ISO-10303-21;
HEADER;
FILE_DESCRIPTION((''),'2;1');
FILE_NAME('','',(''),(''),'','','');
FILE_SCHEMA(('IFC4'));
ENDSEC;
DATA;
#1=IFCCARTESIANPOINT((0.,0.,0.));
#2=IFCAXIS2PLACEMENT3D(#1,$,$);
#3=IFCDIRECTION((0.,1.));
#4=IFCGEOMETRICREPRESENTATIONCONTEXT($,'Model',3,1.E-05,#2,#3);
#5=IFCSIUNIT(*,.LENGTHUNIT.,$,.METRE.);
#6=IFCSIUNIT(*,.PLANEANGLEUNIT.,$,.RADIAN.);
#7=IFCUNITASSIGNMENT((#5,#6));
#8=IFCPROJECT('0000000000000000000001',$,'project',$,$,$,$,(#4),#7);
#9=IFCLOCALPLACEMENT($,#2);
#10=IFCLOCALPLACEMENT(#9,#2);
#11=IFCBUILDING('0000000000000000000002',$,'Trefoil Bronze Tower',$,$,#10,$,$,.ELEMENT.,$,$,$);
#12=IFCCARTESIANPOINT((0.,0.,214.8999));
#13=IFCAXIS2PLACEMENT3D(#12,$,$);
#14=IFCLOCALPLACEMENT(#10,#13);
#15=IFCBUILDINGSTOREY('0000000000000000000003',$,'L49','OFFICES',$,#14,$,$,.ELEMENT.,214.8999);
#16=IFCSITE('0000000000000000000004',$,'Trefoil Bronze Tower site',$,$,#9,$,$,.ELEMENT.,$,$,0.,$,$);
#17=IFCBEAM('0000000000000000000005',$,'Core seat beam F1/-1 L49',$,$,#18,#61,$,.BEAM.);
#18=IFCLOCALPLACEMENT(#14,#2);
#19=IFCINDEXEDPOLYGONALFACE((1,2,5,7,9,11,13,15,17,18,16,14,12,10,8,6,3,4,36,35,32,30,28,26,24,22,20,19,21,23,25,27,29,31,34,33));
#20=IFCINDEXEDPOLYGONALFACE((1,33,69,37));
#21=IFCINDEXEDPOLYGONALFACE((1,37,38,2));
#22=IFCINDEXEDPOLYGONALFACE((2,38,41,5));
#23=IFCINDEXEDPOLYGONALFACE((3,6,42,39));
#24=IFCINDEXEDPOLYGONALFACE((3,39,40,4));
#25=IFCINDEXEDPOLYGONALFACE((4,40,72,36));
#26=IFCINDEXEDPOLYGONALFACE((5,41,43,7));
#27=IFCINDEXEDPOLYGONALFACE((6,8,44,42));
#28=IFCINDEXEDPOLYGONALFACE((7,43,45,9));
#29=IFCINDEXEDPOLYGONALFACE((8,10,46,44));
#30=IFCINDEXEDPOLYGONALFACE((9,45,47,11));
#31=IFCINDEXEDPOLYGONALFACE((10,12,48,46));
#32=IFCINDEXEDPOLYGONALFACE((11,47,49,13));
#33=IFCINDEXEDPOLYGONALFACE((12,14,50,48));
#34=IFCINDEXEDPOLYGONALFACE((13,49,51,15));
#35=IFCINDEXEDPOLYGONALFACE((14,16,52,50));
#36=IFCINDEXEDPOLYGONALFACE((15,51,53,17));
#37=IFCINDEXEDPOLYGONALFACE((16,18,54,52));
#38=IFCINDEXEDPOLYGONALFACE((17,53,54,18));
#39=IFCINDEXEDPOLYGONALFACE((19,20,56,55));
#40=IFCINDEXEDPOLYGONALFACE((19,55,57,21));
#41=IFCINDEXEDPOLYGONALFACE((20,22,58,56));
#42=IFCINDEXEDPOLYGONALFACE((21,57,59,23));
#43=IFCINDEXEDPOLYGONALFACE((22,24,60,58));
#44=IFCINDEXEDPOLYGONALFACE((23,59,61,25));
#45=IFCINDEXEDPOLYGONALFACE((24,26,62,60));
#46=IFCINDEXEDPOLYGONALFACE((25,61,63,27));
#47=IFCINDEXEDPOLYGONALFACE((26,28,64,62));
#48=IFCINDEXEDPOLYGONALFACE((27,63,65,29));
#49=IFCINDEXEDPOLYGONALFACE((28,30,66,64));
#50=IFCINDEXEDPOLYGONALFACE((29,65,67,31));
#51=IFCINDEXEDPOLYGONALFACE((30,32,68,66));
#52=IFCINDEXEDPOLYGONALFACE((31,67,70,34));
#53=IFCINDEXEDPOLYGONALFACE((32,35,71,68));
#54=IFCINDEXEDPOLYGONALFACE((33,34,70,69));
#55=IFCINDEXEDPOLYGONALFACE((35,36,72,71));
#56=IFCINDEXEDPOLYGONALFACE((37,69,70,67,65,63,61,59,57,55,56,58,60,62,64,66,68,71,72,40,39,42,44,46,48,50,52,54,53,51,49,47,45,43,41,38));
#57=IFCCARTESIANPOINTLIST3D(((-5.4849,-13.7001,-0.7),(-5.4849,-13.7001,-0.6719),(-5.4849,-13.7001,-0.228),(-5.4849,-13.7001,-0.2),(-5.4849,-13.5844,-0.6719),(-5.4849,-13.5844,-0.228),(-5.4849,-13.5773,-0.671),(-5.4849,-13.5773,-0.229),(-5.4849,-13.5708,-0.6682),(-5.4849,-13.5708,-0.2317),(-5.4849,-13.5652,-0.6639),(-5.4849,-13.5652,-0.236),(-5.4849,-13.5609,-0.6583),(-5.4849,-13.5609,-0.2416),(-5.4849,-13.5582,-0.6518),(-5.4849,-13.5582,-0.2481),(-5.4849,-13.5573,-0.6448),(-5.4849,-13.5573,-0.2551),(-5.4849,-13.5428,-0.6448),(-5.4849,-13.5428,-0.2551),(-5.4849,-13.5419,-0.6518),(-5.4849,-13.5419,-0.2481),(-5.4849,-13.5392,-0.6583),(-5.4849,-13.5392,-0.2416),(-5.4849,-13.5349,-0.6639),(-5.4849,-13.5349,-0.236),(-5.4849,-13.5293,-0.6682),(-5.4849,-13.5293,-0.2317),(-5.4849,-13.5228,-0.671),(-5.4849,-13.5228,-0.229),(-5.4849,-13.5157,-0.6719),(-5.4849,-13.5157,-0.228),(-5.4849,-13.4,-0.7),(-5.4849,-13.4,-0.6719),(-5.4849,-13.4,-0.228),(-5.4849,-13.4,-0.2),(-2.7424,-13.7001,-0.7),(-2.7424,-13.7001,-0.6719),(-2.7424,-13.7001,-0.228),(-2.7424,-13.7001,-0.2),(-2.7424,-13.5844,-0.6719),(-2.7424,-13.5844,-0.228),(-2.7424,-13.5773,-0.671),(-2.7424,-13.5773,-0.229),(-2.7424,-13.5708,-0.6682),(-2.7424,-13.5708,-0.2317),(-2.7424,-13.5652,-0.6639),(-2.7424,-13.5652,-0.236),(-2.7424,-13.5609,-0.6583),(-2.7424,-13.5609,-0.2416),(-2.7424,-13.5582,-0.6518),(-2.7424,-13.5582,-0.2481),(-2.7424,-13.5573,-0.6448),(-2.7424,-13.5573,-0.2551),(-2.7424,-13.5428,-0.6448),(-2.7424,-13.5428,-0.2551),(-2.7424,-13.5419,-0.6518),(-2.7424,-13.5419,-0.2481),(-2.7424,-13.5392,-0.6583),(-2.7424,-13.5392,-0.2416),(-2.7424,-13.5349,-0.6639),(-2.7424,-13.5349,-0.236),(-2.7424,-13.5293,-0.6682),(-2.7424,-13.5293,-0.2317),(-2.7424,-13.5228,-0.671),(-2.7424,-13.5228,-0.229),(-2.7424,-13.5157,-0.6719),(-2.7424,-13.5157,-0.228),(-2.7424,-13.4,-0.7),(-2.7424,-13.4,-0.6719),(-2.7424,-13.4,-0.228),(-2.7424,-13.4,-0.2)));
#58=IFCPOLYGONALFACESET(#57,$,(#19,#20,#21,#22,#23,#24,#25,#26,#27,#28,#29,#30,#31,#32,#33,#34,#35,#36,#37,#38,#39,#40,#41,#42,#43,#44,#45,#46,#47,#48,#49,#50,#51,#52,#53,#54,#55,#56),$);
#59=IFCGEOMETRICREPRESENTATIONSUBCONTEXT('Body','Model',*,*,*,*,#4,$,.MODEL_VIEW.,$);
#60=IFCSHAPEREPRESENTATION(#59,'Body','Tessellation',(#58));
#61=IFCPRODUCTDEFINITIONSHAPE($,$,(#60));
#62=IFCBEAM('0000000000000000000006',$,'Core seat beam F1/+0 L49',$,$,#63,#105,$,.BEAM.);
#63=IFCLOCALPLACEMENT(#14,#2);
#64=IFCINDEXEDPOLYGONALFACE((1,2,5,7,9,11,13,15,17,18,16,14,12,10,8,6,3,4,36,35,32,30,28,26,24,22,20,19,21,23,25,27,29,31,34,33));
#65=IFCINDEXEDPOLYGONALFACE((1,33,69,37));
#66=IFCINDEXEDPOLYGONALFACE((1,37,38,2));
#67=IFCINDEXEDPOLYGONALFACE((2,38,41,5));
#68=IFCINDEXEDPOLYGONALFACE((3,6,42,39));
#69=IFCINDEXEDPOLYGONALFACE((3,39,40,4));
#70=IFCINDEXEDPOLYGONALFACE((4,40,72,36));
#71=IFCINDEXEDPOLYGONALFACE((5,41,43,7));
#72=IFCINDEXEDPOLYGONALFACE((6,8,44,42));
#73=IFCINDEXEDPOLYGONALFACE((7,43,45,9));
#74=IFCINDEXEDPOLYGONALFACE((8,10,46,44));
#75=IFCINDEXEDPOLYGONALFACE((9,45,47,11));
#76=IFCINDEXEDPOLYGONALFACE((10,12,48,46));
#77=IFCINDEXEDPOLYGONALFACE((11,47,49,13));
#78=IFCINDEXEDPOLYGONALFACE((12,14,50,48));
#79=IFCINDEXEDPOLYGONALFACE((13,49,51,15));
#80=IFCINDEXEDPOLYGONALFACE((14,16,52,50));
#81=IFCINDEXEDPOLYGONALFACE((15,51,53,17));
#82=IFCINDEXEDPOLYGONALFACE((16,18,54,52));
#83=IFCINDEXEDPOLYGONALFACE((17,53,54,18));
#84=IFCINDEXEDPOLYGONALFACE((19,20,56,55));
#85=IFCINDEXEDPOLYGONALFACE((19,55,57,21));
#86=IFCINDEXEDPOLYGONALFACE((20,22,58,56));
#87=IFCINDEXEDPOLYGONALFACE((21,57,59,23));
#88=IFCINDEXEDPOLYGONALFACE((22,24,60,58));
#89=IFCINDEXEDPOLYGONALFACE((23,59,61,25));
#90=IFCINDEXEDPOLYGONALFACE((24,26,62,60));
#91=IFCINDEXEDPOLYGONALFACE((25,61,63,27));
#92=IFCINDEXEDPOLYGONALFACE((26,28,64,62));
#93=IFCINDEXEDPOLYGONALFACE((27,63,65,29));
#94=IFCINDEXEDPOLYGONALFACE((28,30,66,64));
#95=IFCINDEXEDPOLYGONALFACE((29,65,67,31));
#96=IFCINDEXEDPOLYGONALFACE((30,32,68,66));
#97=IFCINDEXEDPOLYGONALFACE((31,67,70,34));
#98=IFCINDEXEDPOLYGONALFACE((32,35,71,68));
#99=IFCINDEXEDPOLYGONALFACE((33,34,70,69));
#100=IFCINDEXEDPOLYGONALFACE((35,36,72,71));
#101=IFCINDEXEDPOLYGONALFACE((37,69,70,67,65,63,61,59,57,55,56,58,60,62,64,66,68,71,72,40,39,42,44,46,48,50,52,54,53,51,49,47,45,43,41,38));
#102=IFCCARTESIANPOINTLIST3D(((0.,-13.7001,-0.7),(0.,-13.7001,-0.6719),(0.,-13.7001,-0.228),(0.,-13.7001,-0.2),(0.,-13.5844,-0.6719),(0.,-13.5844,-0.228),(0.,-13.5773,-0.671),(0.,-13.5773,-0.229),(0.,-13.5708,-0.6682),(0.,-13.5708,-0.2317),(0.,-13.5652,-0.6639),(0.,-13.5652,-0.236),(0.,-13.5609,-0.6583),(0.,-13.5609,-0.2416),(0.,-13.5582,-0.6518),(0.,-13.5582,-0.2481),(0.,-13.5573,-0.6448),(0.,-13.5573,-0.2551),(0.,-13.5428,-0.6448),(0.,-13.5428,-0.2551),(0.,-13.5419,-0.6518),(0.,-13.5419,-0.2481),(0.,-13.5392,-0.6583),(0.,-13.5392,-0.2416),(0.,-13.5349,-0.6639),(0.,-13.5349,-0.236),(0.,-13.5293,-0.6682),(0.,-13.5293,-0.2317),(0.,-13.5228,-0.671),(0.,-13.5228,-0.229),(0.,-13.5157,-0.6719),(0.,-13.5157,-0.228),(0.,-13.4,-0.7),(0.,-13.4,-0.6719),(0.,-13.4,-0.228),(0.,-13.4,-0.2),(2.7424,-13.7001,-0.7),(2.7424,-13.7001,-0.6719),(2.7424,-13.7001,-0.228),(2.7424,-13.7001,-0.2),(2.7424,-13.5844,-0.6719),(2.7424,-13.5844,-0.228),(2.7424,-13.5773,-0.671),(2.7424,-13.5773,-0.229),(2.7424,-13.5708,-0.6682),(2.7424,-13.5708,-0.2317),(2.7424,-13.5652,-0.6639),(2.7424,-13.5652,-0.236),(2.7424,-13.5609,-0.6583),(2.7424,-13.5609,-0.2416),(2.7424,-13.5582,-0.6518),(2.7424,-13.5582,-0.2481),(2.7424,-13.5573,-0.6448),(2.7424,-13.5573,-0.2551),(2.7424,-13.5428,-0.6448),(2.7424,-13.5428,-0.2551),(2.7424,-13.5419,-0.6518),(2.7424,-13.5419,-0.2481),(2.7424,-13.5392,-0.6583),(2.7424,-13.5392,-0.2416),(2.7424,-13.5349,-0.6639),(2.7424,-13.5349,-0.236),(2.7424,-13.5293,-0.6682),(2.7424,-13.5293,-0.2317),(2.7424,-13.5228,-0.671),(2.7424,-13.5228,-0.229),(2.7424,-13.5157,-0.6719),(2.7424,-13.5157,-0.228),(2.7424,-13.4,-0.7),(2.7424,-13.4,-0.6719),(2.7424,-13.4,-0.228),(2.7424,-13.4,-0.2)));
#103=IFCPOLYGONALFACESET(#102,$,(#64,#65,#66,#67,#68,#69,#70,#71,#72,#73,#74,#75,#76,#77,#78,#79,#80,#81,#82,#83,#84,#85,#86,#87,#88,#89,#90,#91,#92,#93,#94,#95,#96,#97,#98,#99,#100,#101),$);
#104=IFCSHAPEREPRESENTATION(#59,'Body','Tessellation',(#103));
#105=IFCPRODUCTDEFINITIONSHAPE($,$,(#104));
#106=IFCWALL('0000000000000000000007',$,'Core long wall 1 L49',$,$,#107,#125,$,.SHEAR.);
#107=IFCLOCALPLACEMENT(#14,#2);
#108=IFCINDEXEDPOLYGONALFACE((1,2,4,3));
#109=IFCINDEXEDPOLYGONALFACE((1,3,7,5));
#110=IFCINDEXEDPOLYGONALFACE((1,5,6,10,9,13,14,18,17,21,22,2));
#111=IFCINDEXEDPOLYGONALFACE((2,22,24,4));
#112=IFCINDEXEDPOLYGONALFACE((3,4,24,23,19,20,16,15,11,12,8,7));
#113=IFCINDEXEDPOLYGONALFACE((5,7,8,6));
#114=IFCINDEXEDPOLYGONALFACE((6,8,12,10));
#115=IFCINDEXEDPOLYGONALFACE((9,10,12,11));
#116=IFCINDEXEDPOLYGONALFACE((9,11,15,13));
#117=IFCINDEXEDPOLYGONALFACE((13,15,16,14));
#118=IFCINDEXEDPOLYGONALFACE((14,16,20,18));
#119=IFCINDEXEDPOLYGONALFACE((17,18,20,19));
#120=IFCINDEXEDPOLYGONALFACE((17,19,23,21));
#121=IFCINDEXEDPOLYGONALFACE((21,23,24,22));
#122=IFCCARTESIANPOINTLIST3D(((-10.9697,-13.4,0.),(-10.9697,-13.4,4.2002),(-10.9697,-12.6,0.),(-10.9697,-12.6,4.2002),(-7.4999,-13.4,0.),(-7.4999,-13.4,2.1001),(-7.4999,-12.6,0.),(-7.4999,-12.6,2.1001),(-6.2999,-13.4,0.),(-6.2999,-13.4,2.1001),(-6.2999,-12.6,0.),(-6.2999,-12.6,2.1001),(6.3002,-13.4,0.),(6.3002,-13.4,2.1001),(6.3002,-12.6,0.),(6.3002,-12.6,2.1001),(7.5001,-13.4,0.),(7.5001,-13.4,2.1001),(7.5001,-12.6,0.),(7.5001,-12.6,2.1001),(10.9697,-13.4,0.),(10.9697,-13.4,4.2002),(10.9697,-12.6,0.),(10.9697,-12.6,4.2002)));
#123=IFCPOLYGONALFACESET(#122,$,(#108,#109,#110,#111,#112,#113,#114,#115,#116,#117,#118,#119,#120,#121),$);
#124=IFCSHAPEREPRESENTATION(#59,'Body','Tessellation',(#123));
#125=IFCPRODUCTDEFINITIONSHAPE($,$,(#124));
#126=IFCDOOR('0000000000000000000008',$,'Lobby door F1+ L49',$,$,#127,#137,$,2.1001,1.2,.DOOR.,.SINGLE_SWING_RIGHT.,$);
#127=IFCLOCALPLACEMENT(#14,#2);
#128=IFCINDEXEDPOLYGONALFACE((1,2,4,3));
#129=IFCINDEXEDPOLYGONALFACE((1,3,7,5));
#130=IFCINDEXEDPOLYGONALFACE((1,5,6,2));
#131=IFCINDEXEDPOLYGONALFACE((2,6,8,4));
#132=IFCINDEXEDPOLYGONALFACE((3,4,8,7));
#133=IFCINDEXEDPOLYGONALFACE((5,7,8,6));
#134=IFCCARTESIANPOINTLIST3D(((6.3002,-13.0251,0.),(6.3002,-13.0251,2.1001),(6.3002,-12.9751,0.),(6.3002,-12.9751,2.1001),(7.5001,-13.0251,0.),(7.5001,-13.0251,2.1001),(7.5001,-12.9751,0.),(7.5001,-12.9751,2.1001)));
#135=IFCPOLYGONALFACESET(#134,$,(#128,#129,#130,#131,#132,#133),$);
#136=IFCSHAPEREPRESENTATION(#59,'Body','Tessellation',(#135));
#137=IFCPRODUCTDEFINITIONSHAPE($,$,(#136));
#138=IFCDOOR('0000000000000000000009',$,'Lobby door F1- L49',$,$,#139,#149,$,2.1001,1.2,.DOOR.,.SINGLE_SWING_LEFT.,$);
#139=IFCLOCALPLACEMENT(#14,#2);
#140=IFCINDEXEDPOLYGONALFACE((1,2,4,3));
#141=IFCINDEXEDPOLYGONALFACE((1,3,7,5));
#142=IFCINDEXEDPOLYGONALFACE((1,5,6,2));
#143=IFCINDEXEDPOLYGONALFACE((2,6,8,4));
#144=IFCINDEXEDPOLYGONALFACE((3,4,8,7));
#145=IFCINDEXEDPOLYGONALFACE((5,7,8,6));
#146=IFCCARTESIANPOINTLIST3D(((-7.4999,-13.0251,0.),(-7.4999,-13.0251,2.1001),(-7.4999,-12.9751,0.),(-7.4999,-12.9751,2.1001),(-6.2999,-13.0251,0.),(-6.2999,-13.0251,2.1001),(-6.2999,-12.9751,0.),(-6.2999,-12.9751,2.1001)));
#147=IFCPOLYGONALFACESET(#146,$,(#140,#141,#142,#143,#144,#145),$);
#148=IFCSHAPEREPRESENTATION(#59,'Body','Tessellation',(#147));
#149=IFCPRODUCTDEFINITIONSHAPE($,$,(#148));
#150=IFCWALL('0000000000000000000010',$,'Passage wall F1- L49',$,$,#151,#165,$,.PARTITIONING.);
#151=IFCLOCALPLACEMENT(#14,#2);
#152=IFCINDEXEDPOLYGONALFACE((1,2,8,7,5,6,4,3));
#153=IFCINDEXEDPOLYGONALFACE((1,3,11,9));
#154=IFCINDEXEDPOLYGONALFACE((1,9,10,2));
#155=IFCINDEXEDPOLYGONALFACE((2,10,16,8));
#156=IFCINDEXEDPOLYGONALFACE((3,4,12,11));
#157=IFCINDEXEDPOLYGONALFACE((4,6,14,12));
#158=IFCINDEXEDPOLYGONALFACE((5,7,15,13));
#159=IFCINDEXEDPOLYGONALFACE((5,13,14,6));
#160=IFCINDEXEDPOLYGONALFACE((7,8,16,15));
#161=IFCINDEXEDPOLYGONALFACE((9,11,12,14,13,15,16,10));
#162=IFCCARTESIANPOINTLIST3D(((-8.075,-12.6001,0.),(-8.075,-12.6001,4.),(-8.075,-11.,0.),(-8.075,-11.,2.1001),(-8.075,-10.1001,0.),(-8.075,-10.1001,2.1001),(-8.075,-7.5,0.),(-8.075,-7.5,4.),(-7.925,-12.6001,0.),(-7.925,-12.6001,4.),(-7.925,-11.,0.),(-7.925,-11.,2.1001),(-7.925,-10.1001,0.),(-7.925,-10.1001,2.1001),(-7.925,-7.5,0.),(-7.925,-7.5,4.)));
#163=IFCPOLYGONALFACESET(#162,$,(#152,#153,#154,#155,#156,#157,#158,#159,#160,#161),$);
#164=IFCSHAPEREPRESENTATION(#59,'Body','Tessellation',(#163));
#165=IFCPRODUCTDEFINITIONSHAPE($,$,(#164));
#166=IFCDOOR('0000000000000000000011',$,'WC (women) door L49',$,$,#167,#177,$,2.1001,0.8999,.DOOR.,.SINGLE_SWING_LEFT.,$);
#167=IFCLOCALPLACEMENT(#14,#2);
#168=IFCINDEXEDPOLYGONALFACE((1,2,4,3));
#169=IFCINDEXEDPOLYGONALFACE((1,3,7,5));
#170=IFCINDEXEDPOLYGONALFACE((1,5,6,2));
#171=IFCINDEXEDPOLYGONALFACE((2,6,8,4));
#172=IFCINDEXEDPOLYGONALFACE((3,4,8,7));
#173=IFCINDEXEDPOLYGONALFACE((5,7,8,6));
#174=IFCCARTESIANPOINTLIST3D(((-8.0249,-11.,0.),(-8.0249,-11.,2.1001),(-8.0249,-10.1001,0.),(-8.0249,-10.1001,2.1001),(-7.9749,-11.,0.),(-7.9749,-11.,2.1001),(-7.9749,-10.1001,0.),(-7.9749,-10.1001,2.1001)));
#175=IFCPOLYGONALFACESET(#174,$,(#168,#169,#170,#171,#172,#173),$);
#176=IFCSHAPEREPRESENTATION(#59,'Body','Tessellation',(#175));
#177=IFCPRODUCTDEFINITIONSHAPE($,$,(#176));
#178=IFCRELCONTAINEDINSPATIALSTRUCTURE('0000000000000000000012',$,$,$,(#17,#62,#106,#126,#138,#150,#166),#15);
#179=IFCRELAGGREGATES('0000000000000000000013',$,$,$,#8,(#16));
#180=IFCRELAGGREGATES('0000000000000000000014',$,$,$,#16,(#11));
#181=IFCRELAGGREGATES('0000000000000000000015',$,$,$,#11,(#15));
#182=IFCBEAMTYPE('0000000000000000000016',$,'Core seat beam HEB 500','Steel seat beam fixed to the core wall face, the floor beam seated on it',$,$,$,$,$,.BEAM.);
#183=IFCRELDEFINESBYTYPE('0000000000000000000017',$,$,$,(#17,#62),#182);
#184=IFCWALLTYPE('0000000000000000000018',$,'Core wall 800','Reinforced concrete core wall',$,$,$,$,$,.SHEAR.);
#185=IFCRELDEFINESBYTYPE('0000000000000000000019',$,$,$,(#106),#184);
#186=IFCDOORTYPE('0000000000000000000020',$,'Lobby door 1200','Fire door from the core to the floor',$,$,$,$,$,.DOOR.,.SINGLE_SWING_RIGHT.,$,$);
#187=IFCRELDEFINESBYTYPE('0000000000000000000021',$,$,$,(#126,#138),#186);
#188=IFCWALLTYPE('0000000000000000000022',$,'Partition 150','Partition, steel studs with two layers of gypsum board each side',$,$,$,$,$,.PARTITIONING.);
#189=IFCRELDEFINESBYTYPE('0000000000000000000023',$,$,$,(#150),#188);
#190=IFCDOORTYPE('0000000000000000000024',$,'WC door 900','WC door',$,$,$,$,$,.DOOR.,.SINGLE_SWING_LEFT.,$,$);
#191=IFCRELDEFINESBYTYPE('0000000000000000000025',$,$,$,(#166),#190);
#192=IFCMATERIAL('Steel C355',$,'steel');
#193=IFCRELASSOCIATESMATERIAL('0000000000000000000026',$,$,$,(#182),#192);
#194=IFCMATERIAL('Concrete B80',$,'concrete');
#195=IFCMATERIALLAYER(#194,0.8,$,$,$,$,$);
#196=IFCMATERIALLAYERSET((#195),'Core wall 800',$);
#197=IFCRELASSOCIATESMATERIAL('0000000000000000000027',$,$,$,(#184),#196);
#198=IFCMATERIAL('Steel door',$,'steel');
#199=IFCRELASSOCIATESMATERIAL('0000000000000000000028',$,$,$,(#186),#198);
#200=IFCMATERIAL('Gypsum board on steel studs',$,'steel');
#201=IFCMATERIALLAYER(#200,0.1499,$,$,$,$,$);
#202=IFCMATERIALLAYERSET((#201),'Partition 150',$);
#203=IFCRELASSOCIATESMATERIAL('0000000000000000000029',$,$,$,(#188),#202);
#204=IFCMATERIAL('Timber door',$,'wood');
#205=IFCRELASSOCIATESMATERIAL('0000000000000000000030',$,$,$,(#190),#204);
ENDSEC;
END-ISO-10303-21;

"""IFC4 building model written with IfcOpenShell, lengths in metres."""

from ifc_helpers import new_model, si_unit, direction, frame, frame_2d, origin, origin_2d, place, context, subcontext, project, spatial, rectangle, i_section, extrude, material, layer, layer_set, material_profile, profile_set, type_object, element, fill, save


model = new_model("IFC4")

# Units and contexts
model_context = context("Model", 3, precision=1e-05, world=origin(), true_north=direction((0.0, 1.0)))
body_context = subcontext(model_context, "Body", "Model", "MODEL_VIEW")
ifc_project = project(units=[si_unit("LENGTHUNIT", "METRE"), si_unit("PLANEANGLEUNIT", "RADIAN")], contexts=[model_context])

# Site, building, storey
site_placement = place(None, origin())
site = spatial("IfcSite", under=ifc_project, at=site_placement, Name="Trefoil Bronze Tower site", CompositionType="ELEMENT", RefElevation=0.0)
building_placement = place(site_placement, origin())
building = spatial("IfcBuilding", under=site, at=building_placement, Name="Trefoil Bronze Tower", CompositionType="ELEMENT")
storey_placement = place(building_placement, frame((0.0, 0.0, 214.8999)))
storey = spatial("IfcBuildingStorey", under=building, at=storey_placement, Name="L49", Description="OFFICES", CompositionType="ELEMENT", Elevation=214.8999)

# Beams
ifc_material_1 = material(Name="Steel C355", Category="steel")
ifc_material_profile = material_profile(ifc_material_1, i_section(OverallWidth=0.3, OverallDepth=0.5, WebThickness=0.0144, FlangeThickness=0.0281, FilletRadius=0.0271, at=origin_2d()), Name="HEB 500")
ifc_profile_set = profile_set([ifc_material_profile], Name="Steel C355")
beam_type = type_object("IfcBeamType", Name="Core seat beam HEB 500", Description="Steel seat beam fixed to the core wall face, the floor beam seated on it", PredefinedType="BEAM", material=ifc_profile_set)
for number, where, z_axis, x_axis, name in (
    (1, (-5.4849, -13.55, -0.45), (1.0, 0.0, 0.0), (0.0, 1.0, 0.0), "Core seat beam F1/-1 L49"),
    (2, (0.0, -13.55, -0.45), (1.0, 0.0, 0.0), (0.0, 1.0, 0.0), "Core seat beam F1/+0 L49"),
):
    element("IfcBeam", number, at=place(storey_placement, frame(where, z_axis=z_axis, x_axis=x_axis)), inside=storey, type_object=beam_type, Name=name, PredefinedType="BEAM", context=body_context, shape_type="SweptSolid", body=[
        extrude(i_section(OverallWidth=0.3, OverallDepth=0.5, WebThickness=0.0144, FlangeThickness=0.0281, FilletRadius=0.0271, at=origin_2d()), origin(), (0.0, 0.0, 1.0), 2.7424),
    ])

# Wall, openings, doors
ifc_material_2 = material(Name="Concrete B80", Category="concrete")
ifc_layer_1 = layer(ifc_material_2, 0.8)
ifc_layer_set_1 = layer_set([ifc_layer_1], Name="Core wall 800")
wall_type_1 = type_object("IfcWallType", Name="Core wall 800", Description="Reinforced concrete core wall", PredefinedType="SHEAR", material=ifc_layer_set_1)
wall_1_placement = place(storey_placement, frame((-10.9697, -13.0, 0.0), z_axis=(0.0, 0.0, 1.0), x_axis=(1.0, 0.0, 0.0)))
wall_1 = element("IfcWall", 3, at=wall_1_placement, inside=storey, type_object=wall_type_1, Name="Core long wall 1 L49", PredefinedType="SHEAR", context=body_context, shape_type="SweptSolid", body=[
    extrude(rectangle(XDim=21.9395, YDim=0.8, at=frame_2d((10.9697, 0.0))), origin(), (0.0, 0.0, 1.0), 4.2002),
])
opening_1_placement = place(wall_1_placement, frame((17.2698, 0.0, 0.0)))
opening_1 = element("IfcOpeningElement", 4, at=opening_1_placement, cuts=wall_1, PredefinedType="OPENING", context=body_context, shape_type="SweptSolid", body=[
    extrude(rectangle(XDim=1.2, YDim=2.1001, at=frame_2d((0.6001, 1.05))), frame((0.0, 0.4099, 0.0), z_axis=(0.0, -1.0, 0.0), x_axis=(1.0, 0.0, 0.0)), (0.0, 0.0, 1.0), 0.8201),
])
opening_2_placement = place(wall_1_placement, frame((3.4697, 0.0, 0.0)))
opening_2 = element("IfcOpeningElement", 5, at=opening_2_placement, cuts=wall_1, PredefinedType="OPENING", context=body_context, shape_type="SweptSolid", body=[
    extrude(rectangle(XDim=1.2, YDim=2.1001, at=frame_2d((0.6001, 1.05))), frame((0.0, 0.4099, 0.0), z_axis=(0.0, -1.0, 0.0), x_axis=(1.0, 0.0, 0.0)), (0.0, 0.0, 1.0), 0.8201),
])
ifc_material_3 = material(Name="Steel door", Category="steel")
door_type_1 = type_object("IfcDoorType", Name="Lobby door 1200", Description="Fire door from the core to the floor", OperationType="SINGLE_SWING_RIGHT", PredefinedType="DOOR", material=ifc_material_3)
door_1_placement = place(opening_1_placement, origin())
door_1 = element("IfcDoor", 6, at=door_1_placement, inside=storey, type_object=door_type_1, Name="Lobby door F1+ L49", OperationType="SINGLE_SWING_RIGHT", OverallHeight=2.1001, OverallWidth=1.2, PredefinedType="DOOR", context=body_context, shape_type="SweptSolid", body=[
    extrude(rectangle(XDim=1.2, YDim=2.1001, at=frame_2d((0.6001, 1.05))), frame((0.0, 0.0249, 0.0), z_axis=(0.0, -1.0, 0.0), x_axis=(1.0, 0.0, 0.0)), (0.0, 0.0, 1.0), 0.05),
])
fill(opening_1, door_1)
door_2_placement = place(opening_2_placement, origin())
door_2 = element("IfcDoor", 7, at=door_2_placement, inside=storey, type_object=door_type_1, Name="Lobby door F1- L49", OperationType="SINGLE_SWING_LEFT", OverallHeight=2.1001, OverallWidth=1.2, PredefinedType="DOOR", context=body_context, shape_type="SweptSolid", body=[
    extrude(rectangle(XDim=1.2, YDim=2.1001, at=frame_2d((0.6001, 1.05))), frame((0.0, 0.0249, 0.0), z_axis=(0.0, -1.0, 0.0), x_axis=(1.0, 0.0, 0.0)), (0.0, 0.0, 1.0), 0.05),
])
fill(opening_2, door_2)

# Wall, opening, door
ifc_material_4 = material(Name="Gypsum board on steel studs", Category="steel")
ifc_layer_2 = layer(ifc_material_4, 0.1499)
ifc_layer_set_2 = layer_set([ifc_layer_2], Name="Partition 150")
wall_type_2 = type_object("IfcWallType", Name="Partition 150", Description="Partition, steel studs with two layers of gypsum board each side", PredefinedType="PARTITIONING", material=ifc_layer_set_2)
wall_2_placement = place(storey_placement, frame((-8.0, -7.5, 0.0), z_axis=(0.0, 0.0, 1.0), x_axis=(0.0, -1.0, 0.0)))
wall_2 = element("IfcWall", 8, at=wall_2_placement, inside=storey, type_object=wall_type_2, Name="Passage wall F1- L49", PredefinedType="PARTITIONING", context=body_context, shape_type="SweptSolid", body=[
    extrude(rectangle(XDim=5.1001, YDim=0.1499, at=frame_2d((2.55, 0.0))), origin(), (0.0, 0.0, 1.0), 4.0),
])
opening_3_placement = place(wall_2_placement, frame((2.6001, 0.0, 0.0)))
opening_3 = element("IfcOpeningElement", 9, at=opening_3_placement, cuts=wall_2, PredefinedType="OPENING", context=body_context, shape_type="SweptSolid", body=[
    extrude(rectangle(XDim=0.8999, YDim=2.1001, at=frame_2d((0.45, 1.05))), frame((0.0, 0.085, 0.0), z_axis=(0.0, -1.0, 0.0), x_axis=(1.0, 0.0, 0.0)), (0.0, 0.0, 1.0), 0.1699),
])
ifc_material_5 = material(Name="Timber door", Category="wood")
door_type_2 = type_object("IfcDoorType", Name="WC door 900", Description="WC door", OperationType="SINGLE_SWING_LEFT", PredefinedType="DOOR", material=ifc_material_5)
door_3_placement = place(opening_3_placement, frame((0.8999, 0.0, 0.0), z_axis=(0.0, 0.0, 1.0), x_axis=(-1.0, 0.0, 0.0)))
door_3 = element("IfcDoor", 10, at=door_3_placement, inside=storey, type_object=door_type_2, Name="WC (women) door L49", OperationType="SINGLE_SWING_LEFT", OverallHeight=2.1001, OverallWidth=0.8999, PredefinedType="DOOR", context=body_context, shape_type="SweptSolid", body=[
    extrude(rectangle(XDim=0.8999, YDim=2.1001, at=frame_2d((0.45, 1.05))), frame((0.0, 0.0249, 0.0), z_axis=(0.0, -1.0, 0.0), x_axis=(1.0, 0.0, 0.0)), (0.0, 0.0, 1.0), 0.05),
])
fill(opening_3, door_3)

save(model, "model.ifc")
